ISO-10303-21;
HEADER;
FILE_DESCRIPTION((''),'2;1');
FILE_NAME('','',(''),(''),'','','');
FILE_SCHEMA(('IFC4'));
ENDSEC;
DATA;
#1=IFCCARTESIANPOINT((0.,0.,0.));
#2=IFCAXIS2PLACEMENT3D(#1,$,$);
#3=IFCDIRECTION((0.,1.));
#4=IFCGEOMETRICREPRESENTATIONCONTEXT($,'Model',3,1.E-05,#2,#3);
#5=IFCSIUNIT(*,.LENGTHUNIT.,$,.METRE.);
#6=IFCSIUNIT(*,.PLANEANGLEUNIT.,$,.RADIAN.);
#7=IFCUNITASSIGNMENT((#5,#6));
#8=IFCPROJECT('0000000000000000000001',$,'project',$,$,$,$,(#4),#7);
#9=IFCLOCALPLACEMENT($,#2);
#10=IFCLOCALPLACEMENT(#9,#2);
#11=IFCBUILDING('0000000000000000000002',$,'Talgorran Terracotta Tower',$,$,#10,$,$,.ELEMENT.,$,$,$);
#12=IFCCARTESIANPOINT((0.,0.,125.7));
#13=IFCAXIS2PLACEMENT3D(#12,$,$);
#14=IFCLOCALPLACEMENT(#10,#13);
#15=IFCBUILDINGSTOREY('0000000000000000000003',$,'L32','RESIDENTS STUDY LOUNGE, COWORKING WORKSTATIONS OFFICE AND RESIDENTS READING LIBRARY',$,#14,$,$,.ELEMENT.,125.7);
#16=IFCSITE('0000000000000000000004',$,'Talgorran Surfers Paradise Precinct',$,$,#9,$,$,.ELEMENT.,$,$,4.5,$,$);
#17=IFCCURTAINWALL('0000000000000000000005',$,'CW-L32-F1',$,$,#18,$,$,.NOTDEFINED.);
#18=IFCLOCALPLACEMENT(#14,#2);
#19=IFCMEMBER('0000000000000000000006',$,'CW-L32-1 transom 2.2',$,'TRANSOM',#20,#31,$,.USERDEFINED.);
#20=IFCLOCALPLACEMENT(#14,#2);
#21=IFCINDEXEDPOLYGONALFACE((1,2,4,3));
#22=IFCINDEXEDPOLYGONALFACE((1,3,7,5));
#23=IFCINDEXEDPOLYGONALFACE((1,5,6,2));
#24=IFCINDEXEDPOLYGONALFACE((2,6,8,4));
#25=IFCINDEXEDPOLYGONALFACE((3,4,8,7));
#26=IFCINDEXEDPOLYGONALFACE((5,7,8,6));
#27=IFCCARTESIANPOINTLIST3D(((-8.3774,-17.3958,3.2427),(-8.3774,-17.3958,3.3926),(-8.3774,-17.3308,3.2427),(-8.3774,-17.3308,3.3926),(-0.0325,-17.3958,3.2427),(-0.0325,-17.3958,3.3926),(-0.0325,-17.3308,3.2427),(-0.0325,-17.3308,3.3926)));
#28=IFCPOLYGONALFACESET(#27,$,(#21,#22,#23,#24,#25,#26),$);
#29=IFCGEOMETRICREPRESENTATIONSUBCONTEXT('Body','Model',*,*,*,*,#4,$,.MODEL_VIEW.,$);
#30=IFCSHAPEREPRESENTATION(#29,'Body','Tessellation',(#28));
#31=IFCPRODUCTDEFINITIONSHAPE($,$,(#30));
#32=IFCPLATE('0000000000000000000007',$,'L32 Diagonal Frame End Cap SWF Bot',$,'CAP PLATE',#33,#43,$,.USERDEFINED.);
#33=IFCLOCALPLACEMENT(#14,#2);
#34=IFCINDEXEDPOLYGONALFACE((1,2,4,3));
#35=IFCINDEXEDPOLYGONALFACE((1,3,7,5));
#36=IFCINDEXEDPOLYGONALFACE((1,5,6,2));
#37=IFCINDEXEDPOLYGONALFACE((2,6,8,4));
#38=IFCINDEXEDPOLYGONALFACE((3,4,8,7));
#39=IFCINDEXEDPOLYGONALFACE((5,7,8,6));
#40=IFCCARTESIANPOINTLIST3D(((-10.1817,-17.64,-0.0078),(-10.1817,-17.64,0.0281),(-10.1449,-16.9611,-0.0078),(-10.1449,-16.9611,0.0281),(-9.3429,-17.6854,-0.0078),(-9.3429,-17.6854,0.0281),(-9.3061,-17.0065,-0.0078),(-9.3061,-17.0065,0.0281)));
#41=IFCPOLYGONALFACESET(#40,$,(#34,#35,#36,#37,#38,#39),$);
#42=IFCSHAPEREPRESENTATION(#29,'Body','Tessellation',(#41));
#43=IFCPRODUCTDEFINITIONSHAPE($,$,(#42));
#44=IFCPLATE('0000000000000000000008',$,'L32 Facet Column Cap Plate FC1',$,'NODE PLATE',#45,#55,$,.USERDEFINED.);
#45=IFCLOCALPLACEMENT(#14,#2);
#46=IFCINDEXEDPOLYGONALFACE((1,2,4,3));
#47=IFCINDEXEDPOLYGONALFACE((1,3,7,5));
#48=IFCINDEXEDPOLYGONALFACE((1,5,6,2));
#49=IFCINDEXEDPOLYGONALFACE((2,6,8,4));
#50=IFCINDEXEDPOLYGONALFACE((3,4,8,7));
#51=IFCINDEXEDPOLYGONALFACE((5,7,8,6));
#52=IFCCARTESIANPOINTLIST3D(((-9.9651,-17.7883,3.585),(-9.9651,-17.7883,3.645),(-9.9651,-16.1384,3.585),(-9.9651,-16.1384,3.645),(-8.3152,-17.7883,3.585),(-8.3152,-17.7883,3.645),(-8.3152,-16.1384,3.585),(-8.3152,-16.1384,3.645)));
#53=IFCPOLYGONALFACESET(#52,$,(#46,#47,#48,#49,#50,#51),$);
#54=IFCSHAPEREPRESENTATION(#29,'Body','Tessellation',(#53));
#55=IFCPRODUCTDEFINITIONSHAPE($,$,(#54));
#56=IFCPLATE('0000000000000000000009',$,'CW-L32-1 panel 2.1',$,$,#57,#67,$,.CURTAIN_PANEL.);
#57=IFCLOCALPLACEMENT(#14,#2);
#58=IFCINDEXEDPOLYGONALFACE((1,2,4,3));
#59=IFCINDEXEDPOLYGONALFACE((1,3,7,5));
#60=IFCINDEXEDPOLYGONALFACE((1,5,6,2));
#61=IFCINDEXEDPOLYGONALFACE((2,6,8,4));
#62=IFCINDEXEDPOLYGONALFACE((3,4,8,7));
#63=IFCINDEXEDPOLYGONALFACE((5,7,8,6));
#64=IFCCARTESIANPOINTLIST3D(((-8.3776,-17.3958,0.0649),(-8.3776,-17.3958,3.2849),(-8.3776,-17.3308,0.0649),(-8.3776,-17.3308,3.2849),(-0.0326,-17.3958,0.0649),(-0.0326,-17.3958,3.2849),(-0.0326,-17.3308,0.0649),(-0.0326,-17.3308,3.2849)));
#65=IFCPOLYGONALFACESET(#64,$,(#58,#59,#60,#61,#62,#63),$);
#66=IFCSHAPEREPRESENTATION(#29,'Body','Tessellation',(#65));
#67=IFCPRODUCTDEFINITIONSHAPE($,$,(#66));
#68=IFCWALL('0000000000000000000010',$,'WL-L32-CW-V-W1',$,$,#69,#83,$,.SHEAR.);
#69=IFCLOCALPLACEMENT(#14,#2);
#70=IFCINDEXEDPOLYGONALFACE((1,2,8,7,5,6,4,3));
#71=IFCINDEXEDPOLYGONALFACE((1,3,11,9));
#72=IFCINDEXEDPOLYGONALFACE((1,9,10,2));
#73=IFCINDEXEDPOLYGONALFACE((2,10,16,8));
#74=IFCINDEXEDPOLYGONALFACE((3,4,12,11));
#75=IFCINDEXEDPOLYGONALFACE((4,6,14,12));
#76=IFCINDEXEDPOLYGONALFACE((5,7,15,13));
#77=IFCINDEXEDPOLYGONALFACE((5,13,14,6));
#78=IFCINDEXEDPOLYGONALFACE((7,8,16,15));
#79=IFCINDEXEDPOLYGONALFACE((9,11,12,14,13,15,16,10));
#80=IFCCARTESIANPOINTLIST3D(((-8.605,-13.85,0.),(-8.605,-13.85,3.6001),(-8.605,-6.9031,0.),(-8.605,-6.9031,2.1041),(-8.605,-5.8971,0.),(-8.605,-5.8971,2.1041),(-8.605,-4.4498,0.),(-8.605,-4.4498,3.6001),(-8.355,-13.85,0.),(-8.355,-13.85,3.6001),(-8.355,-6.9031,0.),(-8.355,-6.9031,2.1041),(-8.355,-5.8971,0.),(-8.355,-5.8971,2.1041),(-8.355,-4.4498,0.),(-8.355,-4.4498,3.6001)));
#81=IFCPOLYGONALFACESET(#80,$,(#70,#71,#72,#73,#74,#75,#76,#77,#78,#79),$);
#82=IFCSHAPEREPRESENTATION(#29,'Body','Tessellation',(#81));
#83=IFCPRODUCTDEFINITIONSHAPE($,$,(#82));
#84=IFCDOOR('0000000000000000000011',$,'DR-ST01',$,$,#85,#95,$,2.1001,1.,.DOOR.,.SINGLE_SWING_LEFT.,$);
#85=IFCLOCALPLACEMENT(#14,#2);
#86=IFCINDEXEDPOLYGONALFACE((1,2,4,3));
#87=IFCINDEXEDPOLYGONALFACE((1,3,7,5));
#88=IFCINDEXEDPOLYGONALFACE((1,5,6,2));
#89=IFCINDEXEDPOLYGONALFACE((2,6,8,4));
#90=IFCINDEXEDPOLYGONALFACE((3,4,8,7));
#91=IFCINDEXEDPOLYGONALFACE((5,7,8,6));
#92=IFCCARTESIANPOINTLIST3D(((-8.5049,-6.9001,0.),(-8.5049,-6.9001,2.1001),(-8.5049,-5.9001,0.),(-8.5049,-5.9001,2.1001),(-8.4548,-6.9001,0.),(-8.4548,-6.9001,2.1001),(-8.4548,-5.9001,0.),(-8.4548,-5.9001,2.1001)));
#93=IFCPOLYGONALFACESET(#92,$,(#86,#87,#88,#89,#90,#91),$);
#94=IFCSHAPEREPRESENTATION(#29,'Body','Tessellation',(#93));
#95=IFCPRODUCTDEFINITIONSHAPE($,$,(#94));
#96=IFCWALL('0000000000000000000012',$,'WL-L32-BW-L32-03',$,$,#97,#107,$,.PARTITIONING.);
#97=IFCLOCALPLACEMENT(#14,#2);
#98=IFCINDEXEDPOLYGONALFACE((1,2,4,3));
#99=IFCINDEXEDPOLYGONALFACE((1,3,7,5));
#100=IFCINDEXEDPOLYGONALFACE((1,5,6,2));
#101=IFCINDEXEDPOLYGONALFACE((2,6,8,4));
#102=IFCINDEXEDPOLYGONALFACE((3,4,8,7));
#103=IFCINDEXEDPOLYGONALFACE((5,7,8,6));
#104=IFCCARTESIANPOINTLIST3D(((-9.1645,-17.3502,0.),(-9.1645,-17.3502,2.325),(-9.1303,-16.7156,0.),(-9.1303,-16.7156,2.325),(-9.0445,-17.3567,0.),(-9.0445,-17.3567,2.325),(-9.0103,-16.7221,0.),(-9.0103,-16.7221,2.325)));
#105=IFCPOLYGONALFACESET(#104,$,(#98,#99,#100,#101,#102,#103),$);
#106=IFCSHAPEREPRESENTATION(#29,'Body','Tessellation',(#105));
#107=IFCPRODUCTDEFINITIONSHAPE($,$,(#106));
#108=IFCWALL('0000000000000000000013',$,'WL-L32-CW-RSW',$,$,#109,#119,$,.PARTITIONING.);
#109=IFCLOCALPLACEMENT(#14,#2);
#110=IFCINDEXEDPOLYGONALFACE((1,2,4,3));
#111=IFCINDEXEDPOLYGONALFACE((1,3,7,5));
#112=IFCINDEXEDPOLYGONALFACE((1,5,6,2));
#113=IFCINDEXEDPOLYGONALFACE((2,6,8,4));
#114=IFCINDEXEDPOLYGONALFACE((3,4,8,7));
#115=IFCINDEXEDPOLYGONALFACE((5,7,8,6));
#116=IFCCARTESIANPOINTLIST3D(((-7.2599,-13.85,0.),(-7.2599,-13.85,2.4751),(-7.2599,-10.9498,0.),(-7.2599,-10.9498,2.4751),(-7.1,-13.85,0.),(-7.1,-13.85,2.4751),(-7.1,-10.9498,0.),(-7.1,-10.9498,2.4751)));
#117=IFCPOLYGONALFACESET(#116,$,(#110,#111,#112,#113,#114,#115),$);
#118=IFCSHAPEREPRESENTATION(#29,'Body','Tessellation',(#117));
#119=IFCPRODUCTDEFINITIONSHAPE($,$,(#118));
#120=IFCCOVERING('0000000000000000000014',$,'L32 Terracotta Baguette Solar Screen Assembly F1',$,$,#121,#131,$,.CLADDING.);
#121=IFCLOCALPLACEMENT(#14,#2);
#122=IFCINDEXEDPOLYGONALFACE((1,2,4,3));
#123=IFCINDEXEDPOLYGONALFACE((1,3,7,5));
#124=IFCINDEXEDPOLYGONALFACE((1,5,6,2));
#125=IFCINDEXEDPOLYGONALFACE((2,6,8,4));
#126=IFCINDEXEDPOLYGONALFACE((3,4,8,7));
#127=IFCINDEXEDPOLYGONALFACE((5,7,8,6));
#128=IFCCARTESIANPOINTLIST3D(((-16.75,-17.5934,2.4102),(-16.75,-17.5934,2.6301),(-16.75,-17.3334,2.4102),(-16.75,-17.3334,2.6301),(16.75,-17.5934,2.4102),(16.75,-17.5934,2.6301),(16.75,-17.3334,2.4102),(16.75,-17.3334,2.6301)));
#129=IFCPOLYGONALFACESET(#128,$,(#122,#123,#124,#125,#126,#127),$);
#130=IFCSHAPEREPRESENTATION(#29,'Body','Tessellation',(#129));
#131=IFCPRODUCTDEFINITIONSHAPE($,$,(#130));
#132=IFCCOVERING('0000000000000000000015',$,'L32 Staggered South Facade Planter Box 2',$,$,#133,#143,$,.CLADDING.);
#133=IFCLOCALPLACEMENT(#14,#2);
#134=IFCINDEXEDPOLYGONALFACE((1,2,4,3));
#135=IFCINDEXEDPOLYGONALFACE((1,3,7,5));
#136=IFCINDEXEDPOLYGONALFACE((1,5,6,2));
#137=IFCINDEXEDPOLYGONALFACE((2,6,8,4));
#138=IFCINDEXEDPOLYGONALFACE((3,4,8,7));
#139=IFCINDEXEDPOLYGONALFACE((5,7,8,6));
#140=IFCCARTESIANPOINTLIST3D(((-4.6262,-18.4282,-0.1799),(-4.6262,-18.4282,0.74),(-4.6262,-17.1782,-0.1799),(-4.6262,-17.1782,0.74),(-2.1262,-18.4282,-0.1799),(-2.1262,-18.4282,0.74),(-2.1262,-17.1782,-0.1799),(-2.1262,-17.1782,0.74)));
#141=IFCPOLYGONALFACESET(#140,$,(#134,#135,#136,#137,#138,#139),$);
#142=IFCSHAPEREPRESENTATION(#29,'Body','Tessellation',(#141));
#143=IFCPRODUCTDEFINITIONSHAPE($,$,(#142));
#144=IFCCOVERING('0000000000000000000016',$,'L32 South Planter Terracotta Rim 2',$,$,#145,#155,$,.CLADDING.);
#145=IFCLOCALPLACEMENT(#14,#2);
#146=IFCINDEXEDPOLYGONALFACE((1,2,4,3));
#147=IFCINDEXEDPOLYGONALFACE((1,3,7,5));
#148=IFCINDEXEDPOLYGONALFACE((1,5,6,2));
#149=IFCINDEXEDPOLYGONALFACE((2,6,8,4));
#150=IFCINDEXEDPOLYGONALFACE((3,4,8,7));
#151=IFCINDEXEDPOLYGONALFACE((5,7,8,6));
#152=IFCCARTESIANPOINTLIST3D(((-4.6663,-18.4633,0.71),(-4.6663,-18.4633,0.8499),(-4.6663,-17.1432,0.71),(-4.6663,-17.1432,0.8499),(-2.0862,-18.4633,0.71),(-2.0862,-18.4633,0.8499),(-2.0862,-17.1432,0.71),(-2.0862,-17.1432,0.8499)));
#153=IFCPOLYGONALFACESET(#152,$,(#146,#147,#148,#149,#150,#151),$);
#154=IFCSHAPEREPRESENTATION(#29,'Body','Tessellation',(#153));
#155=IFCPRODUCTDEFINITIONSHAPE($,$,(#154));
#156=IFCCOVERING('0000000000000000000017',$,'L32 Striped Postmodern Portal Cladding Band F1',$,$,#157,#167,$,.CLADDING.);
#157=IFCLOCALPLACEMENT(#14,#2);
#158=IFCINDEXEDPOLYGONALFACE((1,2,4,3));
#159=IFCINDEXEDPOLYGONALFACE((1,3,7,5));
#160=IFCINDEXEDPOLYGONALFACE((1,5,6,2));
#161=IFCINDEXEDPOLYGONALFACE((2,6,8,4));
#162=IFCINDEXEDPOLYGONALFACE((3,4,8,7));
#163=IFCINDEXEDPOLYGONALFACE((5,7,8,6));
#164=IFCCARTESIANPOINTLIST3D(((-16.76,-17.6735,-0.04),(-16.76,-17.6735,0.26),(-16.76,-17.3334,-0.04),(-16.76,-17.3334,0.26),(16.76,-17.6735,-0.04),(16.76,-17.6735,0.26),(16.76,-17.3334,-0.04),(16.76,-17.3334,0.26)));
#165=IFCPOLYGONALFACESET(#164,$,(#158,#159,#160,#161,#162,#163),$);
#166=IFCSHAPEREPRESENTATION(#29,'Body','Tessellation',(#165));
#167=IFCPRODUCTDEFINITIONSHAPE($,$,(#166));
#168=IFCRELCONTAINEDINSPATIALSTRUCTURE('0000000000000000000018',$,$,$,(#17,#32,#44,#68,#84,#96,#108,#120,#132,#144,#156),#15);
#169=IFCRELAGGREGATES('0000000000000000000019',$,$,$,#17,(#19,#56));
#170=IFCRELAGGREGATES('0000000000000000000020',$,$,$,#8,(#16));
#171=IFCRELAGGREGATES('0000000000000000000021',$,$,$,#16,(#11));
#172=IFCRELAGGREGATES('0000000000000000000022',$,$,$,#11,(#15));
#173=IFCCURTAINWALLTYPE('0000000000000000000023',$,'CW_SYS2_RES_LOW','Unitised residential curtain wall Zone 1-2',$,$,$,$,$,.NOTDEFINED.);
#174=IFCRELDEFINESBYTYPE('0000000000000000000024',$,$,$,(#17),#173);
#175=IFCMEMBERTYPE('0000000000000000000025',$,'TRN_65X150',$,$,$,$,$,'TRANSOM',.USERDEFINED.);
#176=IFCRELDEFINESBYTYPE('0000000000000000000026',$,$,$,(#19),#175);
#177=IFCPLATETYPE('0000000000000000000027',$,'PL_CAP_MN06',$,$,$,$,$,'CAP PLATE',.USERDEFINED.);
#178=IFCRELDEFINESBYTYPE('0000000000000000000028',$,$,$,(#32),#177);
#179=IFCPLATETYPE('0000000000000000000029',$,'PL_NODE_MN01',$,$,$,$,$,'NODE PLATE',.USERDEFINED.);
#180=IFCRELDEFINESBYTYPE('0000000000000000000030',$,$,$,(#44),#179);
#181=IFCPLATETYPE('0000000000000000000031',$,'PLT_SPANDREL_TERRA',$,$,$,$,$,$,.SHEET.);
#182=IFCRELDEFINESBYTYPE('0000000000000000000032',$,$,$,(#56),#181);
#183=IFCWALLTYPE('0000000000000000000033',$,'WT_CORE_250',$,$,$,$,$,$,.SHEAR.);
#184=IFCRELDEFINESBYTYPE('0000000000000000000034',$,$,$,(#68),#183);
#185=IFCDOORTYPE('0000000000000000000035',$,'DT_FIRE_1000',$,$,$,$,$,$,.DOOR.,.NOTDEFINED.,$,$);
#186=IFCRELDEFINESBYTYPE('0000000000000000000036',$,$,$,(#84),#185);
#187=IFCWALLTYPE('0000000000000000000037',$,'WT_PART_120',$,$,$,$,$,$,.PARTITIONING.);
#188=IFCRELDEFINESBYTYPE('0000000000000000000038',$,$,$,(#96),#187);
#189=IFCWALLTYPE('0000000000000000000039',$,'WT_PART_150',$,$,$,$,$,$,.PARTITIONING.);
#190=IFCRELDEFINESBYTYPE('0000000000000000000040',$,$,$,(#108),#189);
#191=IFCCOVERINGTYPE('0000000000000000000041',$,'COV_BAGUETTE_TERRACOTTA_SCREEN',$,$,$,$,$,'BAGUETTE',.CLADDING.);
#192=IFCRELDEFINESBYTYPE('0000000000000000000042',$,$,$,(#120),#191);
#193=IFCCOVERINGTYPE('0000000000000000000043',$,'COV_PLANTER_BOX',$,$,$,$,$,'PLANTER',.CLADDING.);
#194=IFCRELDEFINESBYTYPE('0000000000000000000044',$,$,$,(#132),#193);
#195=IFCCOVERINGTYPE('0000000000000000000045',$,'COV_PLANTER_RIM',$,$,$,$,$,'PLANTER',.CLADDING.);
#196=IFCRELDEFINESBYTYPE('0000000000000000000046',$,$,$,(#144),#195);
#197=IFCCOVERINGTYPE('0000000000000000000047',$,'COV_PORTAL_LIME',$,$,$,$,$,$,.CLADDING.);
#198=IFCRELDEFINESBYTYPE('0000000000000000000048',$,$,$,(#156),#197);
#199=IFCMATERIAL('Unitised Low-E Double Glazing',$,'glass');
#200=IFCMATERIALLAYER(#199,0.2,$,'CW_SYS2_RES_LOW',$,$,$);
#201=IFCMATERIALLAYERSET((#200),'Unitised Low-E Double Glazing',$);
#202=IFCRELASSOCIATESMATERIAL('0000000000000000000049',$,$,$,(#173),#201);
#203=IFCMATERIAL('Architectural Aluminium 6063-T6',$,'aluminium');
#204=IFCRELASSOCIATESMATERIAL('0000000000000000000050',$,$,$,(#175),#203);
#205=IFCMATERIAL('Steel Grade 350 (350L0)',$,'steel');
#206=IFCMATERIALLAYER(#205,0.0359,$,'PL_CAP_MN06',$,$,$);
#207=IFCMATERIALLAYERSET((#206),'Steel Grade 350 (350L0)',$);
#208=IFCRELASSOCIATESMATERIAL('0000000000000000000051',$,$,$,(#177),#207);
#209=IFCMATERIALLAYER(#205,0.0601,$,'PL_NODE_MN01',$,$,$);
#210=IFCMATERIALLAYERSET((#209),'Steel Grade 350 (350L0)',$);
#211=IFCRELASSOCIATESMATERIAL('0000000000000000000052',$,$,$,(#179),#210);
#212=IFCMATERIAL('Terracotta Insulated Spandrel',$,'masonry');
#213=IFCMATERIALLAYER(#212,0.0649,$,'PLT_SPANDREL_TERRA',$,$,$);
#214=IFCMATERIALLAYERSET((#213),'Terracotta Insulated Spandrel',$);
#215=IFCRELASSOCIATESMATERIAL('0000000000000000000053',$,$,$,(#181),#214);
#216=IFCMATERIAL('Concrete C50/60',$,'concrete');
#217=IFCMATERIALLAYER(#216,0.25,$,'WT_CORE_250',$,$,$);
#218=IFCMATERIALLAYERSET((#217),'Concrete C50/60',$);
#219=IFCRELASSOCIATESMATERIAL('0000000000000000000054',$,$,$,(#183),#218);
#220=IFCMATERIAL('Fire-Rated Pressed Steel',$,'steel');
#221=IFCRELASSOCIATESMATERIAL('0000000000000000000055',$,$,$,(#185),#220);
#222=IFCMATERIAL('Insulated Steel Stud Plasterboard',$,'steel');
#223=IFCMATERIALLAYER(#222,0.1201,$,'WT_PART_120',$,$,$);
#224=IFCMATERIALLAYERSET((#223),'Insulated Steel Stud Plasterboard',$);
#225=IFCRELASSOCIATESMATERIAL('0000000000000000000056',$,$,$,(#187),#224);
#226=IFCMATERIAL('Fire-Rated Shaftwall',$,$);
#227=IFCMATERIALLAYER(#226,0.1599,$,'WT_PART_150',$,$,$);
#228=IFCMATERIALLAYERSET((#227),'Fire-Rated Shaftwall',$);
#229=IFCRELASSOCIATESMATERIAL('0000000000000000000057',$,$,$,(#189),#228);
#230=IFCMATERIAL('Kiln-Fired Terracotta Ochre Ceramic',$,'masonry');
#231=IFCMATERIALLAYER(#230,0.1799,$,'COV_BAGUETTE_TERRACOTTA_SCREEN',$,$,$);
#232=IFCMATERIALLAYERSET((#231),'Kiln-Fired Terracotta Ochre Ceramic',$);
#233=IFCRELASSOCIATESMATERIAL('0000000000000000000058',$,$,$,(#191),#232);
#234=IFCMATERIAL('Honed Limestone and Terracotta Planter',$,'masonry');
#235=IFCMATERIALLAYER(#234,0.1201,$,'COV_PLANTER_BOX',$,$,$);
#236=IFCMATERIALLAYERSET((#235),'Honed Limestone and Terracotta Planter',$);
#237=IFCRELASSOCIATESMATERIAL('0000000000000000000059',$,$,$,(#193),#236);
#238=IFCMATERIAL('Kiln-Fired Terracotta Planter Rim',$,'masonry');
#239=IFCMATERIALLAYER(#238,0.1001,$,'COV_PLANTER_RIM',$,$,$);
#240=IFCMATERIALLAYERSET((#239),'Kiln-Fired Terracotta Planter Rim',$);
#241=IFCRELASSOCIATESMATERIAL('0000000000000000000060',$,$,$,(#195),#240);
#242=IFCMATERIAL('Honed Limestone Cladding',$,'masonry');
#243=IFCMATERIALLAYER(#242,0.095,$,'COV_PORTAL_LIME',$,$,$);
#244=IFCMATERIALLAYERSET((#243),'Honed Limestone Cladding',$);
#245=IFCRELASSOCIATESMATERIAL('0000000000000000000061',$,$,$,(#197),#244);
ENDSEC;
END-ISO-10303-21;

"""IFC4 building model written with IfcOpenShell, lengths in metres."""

from ifc_helpers import new_model, si_unit, direction, frame, frame_2d, origin, origin_2d, place, context, subcontext, project, spatial, rectangle, extrude, source, transform, mapped, material, layer, layer_set, material_profile, profile_set, type_object, type_shapes, element, fill, aggregate, save


model = new_model("IFC4")

# Units and contexts
model_context = context("Model", 3, precision=1e-05, world=origin(), true_north=direction((0.0, 1.0)))
body_context = subcontext(model_context, "Body", "Model", "MODEL_VIEW")
ifc_project = project(units=[si_unit("LENGTHUNIT", "METRE"), si_unit("PLANEANGLEUNIT", "RADIAN")], contexts=[model_context])

# Site, building, storey
site_placement = place(None, origin())
site = spatial("IfcSite", under=ifc_project, at=site_placement, Name="Talgorran Surfers Paradise Precinct", CompositionType="ELEMENT", RefElevation=4.5)
building_placement = place(site_placement, origin())
building = spatial("IfcBuilding", under=site, at=building_placement, Name="Talgorran Terracotta Tower", CompositionType="ELEMENT")
storey_placement = place(building_placement, frame((0.0, 0.0, 125.7)))
storey = spatial("IfcBuildingStorey", under=building, at=storey_placement, Name="L32", Description="RESIDENTS STUDY LOUNGE, COWORKING WORKSTATIONS OFFICE AND RESIDENTS READING LIBRARY", CompositionType="ELEMENT", Elevation=125.7)

# Shared definitions
ifc_material_1 = material(Name="Steel Grade 350 (350L0)", Category="steel")

# Curtain wall, member
ifc_material_2 = material(Name="Unitised Low-E Double Glazing", Category="glass")
ifc_layer_1 = layer(ifc_material_2, 0.2, Name="CW_SYS2_RES_LOW")
ifc_layer_set_1 = layer_set([ifc_layer_1], Name="Unitised Low-E Double Glazing")
curtain_wall_type = type_object("IfcCurtainWallType", Name="CW_SYS2_RES_LOW", Description="Unitised residential curtain wall Zone 1-2", PredefinedType="NOTDEFINED", material=ifc_layer_set_1)
curtain_wall_placement = place(storey_placement, origin())
curtain_wall = element("IfcCurtainWall", 1, at=curtain_wall_placement, inside=storey, type_object=curtain_wall_type, Name="CW-L32-F1", PredefinedType="NOTDEFINED")
ifc_material_3 = material(Name="Architectural Aluminium 6063-T6", Category="aluminium")
ifc_material_profile_1 = material_profile(ifc_material_3, rectangle(XDim=0.0649, YDim=0.1499, at=origin_2d()), Name="CWT65X150")
ifc_profile_set_1 = profile_set([ifc_material_profile_1], Name="Architectural Aluminium 6063-T6")
member_type_1 = type_object("IfcMemberType", Name="TRN_65X150", ElementType="TRANSOM", PredefinedType="USERDEFINED", material=ifc_profile_set_1)
member_1_placement = place(storey_placement, frame((-8.3774, -17.3633, 3.3176), z_axis=(1.0, 0.0, 0.0), x_axis=(0.0, 1.0, 0.0)))
member_1 = element("IfcMember", 2, at=member_1_placement, type_object=member_type_1, Name="CW-L32-1 transom 2.2", ObjectType="TRANSOM", PredefinedType="USERDEFINED", context=body_context, shape_type="SweptSolid", body=[
    extrude(rectangle(XDim=0.0649, YDim=0.1499, at=origin_2d()), origin(), (0.0, 0.0, 1.0), 8.345),
])

# Plates
ifc_layer_2 = layer(ifc_material_1, 0.0359, Name="PL_CAP_MN06")
ifc_layer_set_2 = layer_set([ifc_layer_2], Name="Steel Grade 350 (350L0)")
plate_type_1 = type_object("IfcPlateType", Name="PL_CAP_MN06", ElementType="CAP PLATE", PredefinedType="USERDEFINED", material=ifc_layer_set_2)
plate_1_placement = place(storey_placement, frame((-9.7439, -17.3232, -0.0078), z_axis=(0.0, 0.0, 1.0), x_axis=(-0.998537, 0.054079, 0.0)))
element("IfcPlate", 3, at=plate_1_placement, inside=storey, type_object=plate_type_1, Name="L32 Diagonal Frame End Cap SWF Bot", ObjectType="CAP PLATE", PredefinedType="USERDEFINED", context=body_context, shape_type="SweptSolid", body=[
    extrude(rectangle(XDim=0.8401, YDim=0.6799, at=origin_2d()), origin(), (0.0, 0.0, 1.0), 0.0359),
])
ifc_layer_3 = layer(ifc_material_1, 0.0601, Name="PL_NODE_MN01")
ifc_layer_set_3 = layer_set([ifc_layer_3], Name="Steel Grade 350 (350L0)")
plate_type_2 = type_object("IfcPlateType", Name="PL_NODE_MN01", ElementType="NODE PLATE", PredefinedType="USERDEFINED", material=ifc_layer_set_3)
plate_2_placement = place(storey_placement, frame((-9.1401, -16.9634, 3.585), z_axis=(0.0, 0.0, 1.0), x_axis=(1.0, 0.0, 0.0)))
element("IfcPlate", 4, at=plate_2_placement, inside=storey, type_object=plate_type_2, Name="L32 Facet Column Cap Plate FC1", ObjectType="NODE PLATE", PredefinedType="USERDEFINED", context=body_context, shape_type="SweptSolid", body=[
    extrude(rectangle(XDim=1.6499, YDim=1.6499, at=origin_2d()), origin(), (0.0, 0.0, 1.0), 0.0601),
])

# Plate
ifc_material_4 = material(Name="Terracotta Insulated Spandrel", Category="masonry")
ifc_layer_4 = layer(ifc_material_4, 0.0649, Name="PLT_SPANDREL_TERRA")
ifc_layer_set_4 = layer_set([ifc_layer_4], Name="Terracotta Insulated Spandrel")
plate_type_3 = type_object("IfcPlateType", Name="PLT_SPANDREL_TERRA", PredefinedType="SHEET", material=ifc_layer_set_4)
shared_shape = source(origin(), body_context, "Body", "SweptSolid", [
    extrude(rectangle(XDim=8.345, YDim=0.0649, at=origin_2d()), origin(), (0.0, 0.0, 1.0), 3.22),
])
type_shapes(plate_type_3, [shared_shape])
plate_3_placement = place(storey_placement, frame((-4.2051, -17.3633, 0.0649), z_axis=(0.0, 0.0, 1.0), x_axis=(1.0, 0.0, 0.0)))
plate_3 = element("IfcPlate", 5, at=plate_3_placement, type_object=plate_type_3, Name="CW-L32-1 panel 2.1", PredefinedType="CURTAIN_PANEL", context=body_context, shape_type="MappedRepresentation", body=[
    mapped(shared_shape, transform((0.0, 0.0, 0.0), scale=1.0)),
])
aggregate(curtain_wall, [member_1, plate_3])

# Wall, opening, door
ifc_material_5 = material(Name="Concrete C50/60", Category="concrete")
ifc_layer_5 = layer(ifc_material_5, 0.25, Name="WT_CORE_250")
ifc_layer_set_5 = layer_set([ifc_layer_5], Name="Concrete C50/60")
wall_type_1 = type_object("IfcWallType", Name="WT_CORE_250", PredefinedType="SHEAR", material=ifc_layer_set_5)
wall_1_placement = place(storey_placement, frame((-8.48, -13.8501, 0.0), z_axis=(0.0, 0.0, 1.0), x_axis=(0.0, 1.0, 0.0)))
wall_1 = element("IfcWall", 6, at=wall_1_placement, inside=storey, type_object=wall_type_1, Name="WL-L32-CW-V-W1", PredefinedType="SHEAR", context=body_context, shape_type="SweptSolid", body=[
    extrude(rectangle(XDim=9.4001, YDim=0.25, at=frame_2d((4.7002, 0.0))), origin(), (0.0, 0.0, 1.0), 3.6001),
])
opening_placement = place(wall_1_placement, frame((6.95, 0.0, 0.0)))
opening = element("IfcOpeningElement", 7, at=opening_placement, cuts=wall_1, PredefinedType="OPENING", context=body_context, shape_type="SweptSolid", body=[
    extrude(rectangle(XDim=1.006, YDim=2.1041, at=frame_2d((0.5, 1.052))), frame((0.0, 0.135, 0.0), z_axis=(0.0, -1.0, 0.0), x_axis=(1.0, 0.0, 0.0)), (0.0, 0.0, 1.0), 0.27),
])
ifc_material_6 = material(Name="Fire-Rated Pressed Steel", Category="steel")
door_type = type_object("IfcDoorType", Name="DT_FIRE_1000", OperationType="NOTDEFINED", PredefinedType="DOOR", material=ifc_material_6)
door_placement = place(opening_placement, origin())
door = element("IfcDoor", 8, at=door_placement, inside=storey, type_object=door_type, Name="DR-ST01", OperationType="SINGLE_SWING_LEFT", OverallHeight=2.1001, OverallWidth=1.0, PredefinedType="DOOR", context=body_context, shape_type="SweptSolid", body=[
    extrude(rectangle(XDim=1.0, YDim=2.1001, at=frame_2d((0.5, 1.05))), frame((0.0, 0.0249, 0.0), z_axis=(0.0, -1.0, 0.0), x_axis=(1.0, 0.0, 0.0)), (0.0, 0.0, 1.0), 0.05),
])
fill(opening, door)

# Walls
ifc_material_7 = material(Name="Insulated Steel Stud Plasterboard", Category="steel")
ifc_layer_6 = layer(ifc_material_7, 0.1201, Name="WT_PART_120")
ifc_layer_set_6 = layer_set([ifc_layer_6], Name="Insulated Steel Stud Plasterboard")
wall_type_2 = type_object("IfcWallType", Name="WT_PART_120", PredefinedType="PARTITIONING", material=ifc_layer_set_6)
wall_2_placement = place(storey_placement, frame((-9.0703, -16.7188, 0.0), z_axis=(0.0, 0.0, 1.0), x_axis=(-0.053789, -0.998552, 0.0)))
element("IfcWall", 9, at=wall_2_placement, inside=storey, type_object=wall_type_2, Name="WL-L32-BW-L32-03", PredefinedType="PARTITIONING", context=body_context, shape_type="SweptSolid", body=[
    extrude(rectangle(XDim=0.6355, YDim=0.1201, at=frame_2d((0.3179, 0.0))), origin(), (0.0, 0.0, 1.0), 2.325),
])
ifc_material_8 = material(Name="Fire-Rated Shaftwall")
ifc_layer_7 = layer(ifc_material_8, 0.1599, Name="WT_PART_150")
ifc_layer_set_7 = layer_set([ifc_layer_7], Name="Fire-Rated Shaftwall")
wall_type_3 = type_object("IfcWallType", Name="WT_PART_150", PredefinedType="PARTITIONING", material=ifc_layer_set_7)
wall_3_placement = place(storey_placement, frame((-7.1799, -13.8501, 0.0), z_axis=(0.0, 0.0, 1.0), x_axis=(0.0, 1.0, 0.0)))
element("IfcWall", 10, at=wall_3_placement, inside=storey, type_object=wall_type_3, Name="WL-L32-CW-RSW", PredefinedType="PARTITIONING", context=body_context, shape_type="SweptSolid", body=[
    extrude(rectangle(XDim=2.9001, YDim=0.1599, at=frame_2d((1.4502, 0.0))), origin(), (0.0, 0.0, 1.0), 2.4751),
])

# Coverings
ifc_material_9 = material(Name="Kiln-Fired Terracotta Ochre Ceramic", Category="masonry")
ifc_layer_8 = layer(ifc_material_9, 0.1799, Name="COV_BAGUETTE_TERRACOTTA_SCREEN")
ifc_layer_set_8 = layer_set([ifc_layer_8], Name="Kiln-Fired Terracotta Ochre Ceramic")
covering_type_1 = type_object("IfcCoveringType", Name="COV_BAGUETTE_TERRACOTTA_SCREEN", ElementType="BAGUETTE", PredefinedType="CLADDING", material=ifc_layer_set_8)
covering_1_placement = place(storey_placement, frame((0.0, -17.4634, 2.4102), z_axis=(0.0, 0.0, 1.0), x_axis=(1.0, 0.0, 0.0)))
element("IfcCovering", 11, at=covering_1_placement, inside=storey, type_object=covering_type_1, Name="L32 Terracotta Baguette Solar Screen Assembly F1", PredefinedType="CLADDING", context=body_context, shape_type="SweptSolid", body=[
    extrude(rectangle(XDim=33.5, YDim=0.26, at=origin_2d()), origin(), (0.0, 0.0, 1.0), 0.22),
])
ifc_material_10 = material(Name="Honed Limestone and Terracotta Planter", Category="masonry")
ifc_layer_9 = layer(ifc_material_10, 0.1201, Name="COV_PLANTER_BOX")
ifc_layer_set_9 = layer_set([ifc_layer_9], Name="Honed Limestone and Terracotta Planter")
covering_type_2 = type_object("IfcCoveringType", Name="COV_PLANTER_BOX", ElementType="PLANTER", PredefinedType="CLADDING", material=ifc_layer_set_9)
covering_2_placement = place(storey_placement, frame((-3.3762, -17.8032, -0.1799), z_axis=(0.0, 0.0, 1.0), x_axis=(1.0, 0.0, 0.0)))
element("IfcCovering", 12, at=covering_2_placement, inside=storey, type_object=covering_type_2, Name="L32 Staggered South Facade Planter Box 2", PredefinedType="CLADDING", context=body_context, shape_type="SweptSolid", body=[
    extrude(rectangle(XDim=2.5, YDim=1.25, at=origin_2d()), origin(), (0.0, 0.0, 1.0), 0.9199),
])
ifc_material_11 = material(Name="Kiln-Fired Terracotta Planter Rim", Category="masonry")
ifc_layer_10 = layer(ifc_material_11, 0.1001, Name="COV_PLANTER_RIM")
ifc_layer_set_10 = layer_set([ifc_layer_10], Name="Kiln-Fired Terracotta Planter Rim")
covering_type_3 = type_object("IfcCoveringType", Name="COV_PLANTER_RIM", ElementType="PLANTER", PredefinedType="CLADDING", material=ifc_layer_set_10)
covering_3_placement = place(storey_placement, frame((-3.3762, -17.8032, 0.71), z_axis=(0.0, 0.0, 1.0), x_axis=(1.0, 0.0, 0.0)))
element("IfcCovering", 13, at=covering_3_placement, inside=storey, type_object=covering_type_3, Name="L32 South Planter Terracotta Rim 2", PredefinedType="CLADDING", context=body_context, shape_type="SweptSolid", body=[
    extrude(rectangle(XDim=2.5801, YDim=1.3201, at=origin_2d()), origin(), (0.0, 0.0, 1.0), 0.1399),
])
ifc_material_12 = material(Name="Honed Limestone Cladding", Category="masonry")
ifc_layer_11 = layer(ifc_material_12, 0.095, Name="COV_PORTAL_LIME")
ifc_layer_set_11 = layer_set([ifc_layer_11], Name="Honed Limestone Cladding")
covering_type_4 = type_object("IfcCoveringType", Name="COV_PORTAL_LIME", PredefinedType="CLADDING", material=ifc_layer_set_11)
covering_4_placement = place(storey_placement, frame((0.0, -17.5034, -0.04), z_axis=(0.0, 0.0, 1.0), x_axis=(1.0, 0.0, 0.0)))
element("IfcCovering", 14, at=covering_4_placement, inside=storey, type_object=covering_type_4, Name="L32 Striped Postmodern Portal Cladding Band F1", PredefinedType="CLADDING", context=body_context, shape_type="SweptSolid", body=[
    extrude(rectangle(XDim=33.52, YDim=0.3401, at=origin_2d()), origin(), (0.0, 0.0, 1.0), 0.3),
])

save(model, "model.ifc")
